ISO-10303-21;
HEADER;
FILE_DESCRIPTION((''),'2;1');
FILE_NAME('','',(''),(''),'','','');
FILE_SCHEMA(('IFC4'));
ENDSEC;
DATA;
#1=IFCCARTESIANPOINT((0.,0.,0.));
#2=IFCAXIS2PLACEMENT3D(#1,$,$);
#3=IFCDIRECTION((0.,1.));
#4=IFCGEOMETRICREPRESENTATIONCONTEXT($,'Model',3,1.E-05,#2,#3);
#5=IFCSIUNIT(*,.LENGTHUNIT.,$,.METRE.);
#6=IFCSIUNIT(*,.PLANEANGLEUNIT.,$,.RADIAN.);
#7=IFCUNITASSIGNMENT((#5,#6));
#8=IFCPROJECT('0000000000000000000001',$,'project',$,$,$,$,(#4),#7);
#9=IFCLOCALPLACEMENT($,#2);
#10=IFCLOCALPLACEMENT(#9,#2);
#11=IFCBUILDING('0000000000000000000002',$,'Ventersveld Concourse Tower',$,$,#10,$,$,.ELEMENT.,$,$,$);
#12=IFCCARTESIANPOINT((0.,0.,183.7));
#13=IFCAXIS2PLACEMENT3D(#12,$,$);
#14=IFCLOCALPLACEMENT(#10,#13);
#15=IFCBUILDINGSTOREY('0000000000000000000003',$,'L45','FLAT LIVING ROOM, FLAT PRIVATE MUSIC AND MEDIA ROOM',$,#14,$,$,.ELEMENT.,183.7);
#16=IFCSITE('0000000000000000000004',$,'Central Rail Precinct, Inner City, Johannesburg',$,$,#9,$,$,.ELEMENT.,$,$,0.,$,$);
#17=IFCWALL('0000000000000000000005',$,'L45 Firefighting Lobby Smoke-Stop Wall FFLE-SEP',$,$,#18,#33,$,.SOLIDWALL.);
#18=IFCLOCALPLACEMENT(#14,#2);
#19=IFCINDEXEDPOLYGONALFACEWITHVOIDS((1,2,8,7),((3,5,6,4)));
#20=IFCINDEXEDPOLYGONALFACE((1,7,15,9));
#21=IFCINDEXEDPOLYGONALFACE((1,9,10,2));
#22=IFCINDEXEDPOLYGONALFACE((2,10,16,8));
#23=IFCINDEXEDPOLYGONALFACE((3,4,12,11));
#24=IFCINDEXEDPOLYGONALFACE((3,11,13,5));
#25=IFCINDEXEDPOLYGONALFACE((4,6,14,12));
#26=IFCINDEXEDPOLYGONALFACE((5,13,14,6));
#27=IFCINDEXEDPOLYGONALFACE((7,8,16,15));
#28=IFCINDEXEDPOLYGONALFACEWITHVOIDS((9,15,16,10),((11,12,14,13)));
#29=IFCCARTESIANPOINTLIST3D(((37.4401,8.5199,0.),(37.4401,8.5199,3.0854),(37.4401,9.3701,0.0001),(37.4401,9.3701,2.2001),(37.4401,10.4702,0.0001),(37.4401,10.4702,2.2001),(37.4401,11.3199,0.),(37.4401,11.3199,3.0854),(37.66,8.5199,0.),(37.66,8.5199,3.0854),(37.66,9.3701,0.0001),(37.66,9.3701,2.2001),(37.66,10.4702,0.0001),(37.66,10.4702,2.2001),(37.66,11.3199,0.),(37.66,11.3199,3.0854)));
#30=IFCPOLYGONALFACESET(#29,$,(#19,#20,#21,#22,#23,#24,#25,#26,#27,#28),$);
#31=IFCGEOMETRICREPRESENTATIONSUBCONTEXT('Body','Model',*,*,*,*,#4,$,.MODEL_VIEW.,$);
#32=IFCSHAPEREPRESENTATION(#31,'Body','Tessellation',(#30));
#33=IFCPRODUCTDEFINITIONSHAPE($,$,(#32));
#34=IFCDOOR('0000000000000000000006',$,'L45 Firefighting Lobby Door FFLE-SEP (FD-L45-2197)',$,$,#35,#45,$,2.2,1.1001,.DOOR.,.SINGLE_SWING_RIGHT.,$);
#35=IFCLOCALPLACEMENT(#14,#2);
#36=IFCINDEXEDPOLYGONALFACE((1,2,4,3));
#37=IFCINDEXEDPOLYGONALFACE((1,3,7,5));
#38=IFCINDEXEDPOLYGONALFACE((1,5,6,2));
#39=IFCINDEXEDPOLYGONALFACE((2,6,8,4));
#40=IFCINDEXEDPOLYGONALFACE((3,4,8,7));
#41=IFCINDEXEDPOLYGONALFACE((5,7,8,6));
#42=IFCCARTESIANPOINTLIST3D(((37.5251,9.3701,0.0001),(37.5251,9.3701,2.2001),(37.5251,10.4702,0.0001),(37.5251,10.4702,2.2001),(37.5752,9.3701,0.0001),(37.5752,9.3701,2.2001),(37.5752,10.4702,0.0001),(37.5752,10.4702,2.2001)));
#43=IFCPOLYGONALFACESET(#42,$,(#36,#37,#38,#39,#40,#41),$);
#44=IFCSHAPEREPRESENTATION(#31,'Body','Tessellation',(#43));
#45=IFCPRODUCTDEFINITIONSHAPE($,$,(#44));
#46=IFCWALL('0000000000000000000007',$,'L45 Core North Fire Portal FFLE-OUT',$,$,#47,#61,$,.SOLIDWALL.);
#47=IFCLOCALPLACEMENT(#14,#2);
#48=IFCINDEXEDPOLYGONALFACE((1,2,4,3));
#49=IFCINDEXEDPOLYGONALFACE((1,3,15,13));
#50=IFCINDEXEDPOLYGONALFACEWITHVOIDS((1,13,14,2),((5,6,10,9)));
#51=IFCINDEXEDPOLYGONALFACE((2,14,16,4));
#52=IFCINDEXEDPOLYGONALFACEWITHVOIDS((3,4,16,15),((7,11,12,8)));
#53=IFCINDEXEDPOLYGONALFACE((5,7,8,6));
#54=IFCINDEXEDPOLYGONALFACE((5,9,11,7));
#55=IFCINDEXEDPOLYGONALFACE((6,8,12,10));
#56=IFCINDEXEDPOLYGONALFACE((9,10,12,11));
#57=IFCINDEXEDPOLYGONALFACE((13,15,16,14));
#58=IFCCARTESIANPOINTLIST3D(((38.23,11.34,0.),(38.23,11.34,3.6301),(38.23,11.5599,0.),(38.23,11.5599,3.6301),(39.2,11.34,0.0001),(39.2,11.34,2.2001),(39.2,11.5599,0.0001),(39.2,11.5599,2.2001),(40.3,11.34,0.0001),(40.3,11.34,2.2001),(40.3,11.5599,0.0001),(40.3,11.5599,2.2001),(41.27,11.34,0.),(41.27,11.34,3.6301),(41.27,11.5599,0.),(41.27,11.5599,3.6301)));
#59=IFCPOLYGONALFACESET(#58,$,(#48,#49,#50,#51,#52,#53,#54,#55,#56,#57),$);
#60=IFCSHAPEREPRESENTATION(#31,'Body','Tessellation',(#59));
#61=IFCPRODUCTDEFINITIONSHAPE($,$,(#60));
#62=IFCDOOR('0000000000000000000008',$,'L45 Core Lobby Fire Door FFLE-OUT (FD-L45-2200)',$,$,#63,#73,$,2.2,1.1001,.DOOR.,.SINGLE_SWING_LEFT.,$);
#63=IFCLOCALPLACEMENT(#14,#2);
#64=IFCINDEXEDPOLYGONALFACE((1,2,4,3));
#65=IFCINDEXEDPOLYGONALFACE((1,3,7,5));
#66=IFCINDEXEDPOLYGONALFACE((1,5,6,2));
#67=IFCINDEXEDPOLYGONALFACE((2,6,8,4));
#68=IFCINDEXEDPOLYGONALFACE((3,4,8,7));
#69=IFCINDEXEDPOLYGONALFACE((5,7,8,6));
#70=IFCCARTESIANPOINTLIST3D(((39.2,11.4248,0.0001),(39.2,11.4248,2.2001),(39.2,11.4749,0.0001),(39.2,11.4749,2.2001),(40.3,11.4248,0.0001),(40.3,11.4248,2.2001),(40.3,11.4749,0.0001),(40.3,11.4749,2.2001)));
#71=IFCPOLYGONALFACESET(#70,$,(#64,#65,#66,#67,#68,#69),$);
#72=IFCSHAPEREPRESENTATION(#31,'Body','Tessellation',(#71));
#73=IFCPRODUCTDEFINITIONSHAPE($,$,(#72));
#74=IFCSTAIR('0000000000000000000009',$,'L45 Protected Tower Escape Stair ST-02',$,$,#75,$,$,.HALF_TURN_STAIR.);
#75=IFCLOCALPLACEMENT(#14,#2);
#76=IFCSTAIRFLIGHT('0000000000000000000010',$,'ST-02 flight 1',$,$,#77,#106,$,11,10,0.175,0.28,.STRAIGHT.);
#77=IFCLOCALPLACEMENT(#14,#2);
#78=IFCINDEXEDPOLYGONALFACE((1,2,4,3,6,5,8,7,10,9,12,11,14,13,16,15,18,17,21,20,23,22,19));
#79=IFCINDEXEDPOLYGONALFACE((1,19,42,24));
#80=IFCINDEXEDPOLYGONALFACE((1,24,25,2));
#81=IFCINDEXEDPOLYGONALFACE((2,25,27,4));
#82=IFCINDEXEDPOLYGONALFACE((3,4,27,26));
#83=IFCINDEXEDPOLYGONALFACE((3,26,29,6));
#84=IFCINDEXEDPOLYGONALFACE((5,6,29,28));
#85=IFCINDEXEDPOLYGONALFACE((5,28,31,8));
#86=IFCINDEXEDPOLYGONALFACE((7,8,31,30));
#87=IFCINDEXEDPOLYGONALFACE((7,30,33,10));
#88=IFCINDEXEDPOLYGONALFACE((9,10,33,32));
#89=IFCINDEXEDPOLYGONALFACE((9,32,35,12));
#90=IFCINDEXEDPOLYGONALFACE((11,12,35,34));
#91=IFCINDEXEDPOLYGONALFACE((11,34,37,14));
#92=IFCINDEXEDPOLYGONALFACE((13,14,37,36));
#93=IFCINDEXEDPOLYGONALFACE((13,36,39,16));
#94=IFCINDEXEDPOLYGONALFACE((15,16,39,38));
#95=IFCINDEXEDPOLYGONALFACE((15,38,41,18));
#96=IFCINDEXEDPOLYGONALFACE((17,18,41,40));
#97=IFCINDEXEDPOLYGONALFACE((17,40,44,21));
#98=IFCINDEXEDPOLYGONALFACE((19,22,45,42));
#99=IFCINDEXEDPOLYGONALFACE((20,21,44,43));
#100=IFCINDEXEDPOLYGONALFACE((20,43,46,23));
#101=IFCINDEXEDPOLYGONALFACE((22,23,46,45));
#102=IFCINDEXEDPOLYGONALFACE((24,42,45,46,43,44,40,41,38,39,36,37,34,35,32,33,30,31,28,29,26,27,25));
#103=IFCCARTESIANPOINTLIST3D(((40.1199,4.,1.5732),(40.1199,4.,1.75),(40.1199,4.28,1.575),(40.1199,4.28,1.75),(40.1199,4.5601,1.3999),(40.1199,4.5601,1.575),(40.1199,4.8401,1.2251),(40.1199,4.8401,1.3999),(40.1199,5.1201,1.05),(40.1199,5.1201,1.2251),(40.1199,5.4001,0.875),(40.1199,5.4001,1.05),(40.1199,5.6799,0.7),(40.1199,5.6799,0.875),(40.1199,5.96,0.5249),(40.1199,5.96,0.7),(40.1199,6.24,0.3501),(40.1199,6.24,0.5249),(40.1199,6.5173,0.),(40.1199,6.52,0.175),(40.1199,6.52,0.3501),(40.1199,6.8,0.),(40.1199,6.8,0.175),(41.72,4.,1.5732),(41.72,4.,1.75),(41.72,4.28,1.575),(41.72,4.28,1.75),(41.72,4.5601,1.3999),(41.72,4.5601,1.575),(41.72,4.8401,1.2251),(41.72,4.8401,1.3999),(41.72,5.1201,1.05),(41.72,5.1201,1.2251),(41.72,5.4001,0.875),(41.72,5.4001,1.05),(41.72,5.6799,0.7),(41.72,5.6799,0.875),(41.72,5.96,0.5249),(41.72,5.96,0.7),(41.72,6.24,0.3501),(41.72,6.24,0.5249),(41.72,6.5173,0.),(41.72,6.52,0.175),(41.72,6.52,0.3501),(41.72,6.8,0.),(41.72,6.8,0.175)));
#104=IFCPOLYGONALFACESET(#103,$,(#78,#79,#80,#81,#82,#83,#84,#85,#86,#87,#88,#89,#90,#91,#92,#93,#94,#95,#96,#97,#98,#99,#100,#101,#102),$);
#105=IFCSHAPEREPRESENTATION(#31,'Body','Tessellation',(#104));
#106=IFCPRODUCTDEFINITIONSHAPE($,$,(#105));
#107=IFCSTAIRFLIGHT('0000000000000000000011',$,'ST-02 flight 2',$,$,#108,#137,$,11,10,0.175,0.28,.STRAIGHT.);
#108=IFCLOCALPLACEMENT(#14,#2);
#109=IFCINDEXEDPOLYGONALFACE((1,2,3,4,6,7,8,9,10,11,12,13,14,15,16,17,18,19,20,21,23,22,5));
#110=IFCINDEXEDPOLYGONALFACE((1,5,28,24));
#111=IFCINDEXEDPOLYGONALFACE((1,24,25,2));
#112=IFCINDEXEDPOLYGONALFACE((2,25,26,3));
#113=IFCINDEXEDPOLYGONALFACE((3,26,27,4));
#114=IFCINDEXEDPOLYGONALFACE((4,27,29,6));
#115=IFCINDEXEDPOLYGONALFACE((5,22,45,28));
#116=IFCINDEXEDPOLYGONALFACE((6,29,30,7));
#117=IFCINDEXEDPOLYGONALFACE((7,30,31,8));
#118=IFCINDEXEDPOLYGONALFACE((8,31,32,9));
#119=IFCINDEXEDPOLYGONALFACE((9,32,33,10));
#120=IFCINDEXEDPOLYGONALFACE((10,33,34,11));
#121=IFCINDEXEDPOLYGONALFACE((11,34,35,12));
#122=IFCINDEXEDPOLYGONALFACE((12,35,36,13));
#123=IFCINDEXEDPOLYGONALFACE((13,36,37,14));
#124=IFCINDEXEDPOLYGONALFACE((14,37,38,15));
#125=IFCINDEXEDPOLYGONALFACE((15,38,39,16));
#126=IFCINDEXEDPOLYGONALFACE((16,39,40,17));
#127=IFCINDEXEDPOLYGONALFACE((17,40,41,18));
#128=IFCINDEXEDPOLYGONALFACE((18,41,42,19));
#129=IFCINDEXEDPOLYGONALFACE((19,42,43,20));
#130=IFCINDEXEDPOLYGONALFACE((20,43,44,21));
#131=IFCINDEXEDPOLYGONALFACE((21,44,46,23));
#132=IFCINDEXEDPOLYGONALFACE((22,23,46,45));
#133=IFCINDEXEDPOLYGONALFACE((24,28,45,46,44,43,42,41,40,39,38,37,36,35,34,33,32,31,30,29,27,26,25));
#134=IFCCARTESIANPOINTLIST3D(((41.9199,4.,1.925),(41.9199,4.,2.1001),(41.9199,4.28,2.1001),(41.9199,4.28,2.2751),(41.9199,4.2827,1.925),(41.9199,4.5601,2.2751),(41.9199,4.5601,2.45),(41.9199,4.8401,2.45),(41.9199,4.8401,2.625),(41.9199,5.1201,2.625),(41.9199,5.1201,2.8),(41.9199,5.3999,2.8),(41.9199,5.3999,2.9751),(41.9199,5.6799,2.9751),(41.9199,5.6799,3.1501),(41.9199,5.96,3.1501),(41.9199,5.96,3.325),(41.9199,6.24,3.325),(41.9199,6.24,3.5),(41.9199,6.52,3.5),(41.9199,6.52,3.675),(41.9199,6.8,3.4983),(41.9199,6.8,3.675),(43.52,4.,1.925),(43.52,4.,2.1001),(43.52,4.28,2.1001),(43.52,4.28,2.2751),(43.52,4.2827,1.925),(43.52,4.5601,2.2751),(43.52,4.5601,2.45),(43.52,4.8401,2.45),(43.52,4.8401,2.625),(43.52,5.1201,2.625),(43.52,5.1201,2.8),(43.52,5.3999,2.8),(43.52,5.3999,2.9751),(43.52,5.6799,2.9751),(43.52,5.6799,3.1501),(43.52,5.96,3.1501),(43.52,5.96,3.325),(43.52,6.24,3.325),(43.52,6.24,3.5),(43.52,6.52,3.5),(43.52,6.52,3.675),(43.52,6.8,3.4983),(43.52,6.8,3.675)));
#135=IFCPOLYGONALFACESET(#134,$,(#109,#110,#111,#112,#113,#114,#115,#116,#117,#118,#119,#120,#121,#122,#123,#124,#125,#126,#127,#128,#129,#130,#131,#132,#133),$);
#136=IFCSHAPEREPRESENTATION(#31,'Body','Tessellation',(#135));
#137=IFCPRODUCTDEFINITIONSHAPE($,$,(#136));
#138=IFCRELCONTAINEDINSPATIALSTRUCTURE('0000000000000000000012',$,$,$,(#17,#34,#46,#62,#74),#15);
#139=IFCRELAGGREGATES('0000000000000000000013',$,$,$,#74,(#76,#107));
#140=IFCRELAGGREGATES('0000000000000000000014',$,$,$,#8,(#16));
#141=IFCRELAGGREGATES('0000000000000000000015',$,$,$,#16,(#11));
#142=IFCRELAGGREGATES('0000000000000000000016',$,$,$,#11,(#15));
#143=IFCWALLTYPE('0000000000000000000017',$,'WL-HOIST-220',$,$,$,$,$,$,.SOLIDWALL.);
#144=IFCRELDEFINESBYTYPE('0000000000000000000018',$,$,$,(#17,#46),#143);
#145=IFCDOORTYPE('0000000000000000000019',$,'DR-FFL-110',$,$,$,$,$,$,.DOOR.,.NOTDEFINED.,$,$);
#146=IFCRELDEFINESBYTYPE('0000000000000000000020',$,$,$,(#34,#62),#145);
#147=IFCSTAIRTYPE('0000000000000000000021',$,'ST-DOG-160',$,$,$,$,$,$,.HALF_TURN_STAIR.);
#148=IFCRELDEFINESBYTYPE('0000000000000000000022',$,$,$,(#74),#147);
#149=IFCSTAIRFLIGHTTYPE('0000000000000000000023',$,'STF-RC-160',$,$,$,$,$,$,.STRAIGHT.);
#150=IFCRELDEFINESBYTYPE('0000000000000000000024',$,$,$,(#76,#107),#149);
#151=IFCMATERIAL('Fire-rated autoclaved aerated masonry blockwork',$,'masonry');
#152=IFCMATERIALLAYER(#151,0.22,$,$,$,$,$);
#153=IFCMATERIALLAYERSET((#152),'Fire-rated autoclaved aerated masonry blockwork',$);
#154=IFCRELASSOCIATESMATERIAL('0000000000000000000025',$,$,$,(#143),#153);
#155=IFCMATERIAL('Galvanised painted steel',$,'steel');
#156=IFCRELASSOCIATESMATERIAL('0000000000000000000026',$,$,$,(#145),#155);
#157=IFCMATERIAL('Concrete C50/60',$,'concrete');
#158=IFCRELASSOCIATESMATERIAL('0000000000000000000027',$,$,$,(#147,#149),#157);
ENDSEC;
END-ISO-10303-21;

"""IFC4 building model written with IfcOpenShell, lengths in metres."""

from ifc_helpers import new_model, si_unit, direction, frame, frame_2d, origin, place, context, subcontext, project, spatial, polyline, rectangle, outline, extrude, material, layer, layer_set, type_object, element, fill, aggregate, save


model = new_model("IFC4")

# Units and contexts
model_context = context("Model", 3, precision=1e-05, world=origin(), true_north=direction((0.0, 1.0)))
body_context = subcontext(model_context, "Body", "Model", "MODEL_VIEW")
ifc_project = project(units=[si_unit("LENGTHUNIT", "METRE"), si_unit("PLANEANGLEUNIT", "RADIAN")], contexts=[model_context])

# Site, building, storey
site_placement = place(None, origin())
site = spatial("IfcSite", under=ifc_project, at=site_placement, Name="Central Rail Precinct, Inner City, Johannesburg", CompositionType="ELEMENT", RefElevation=0.0)
building_placement = place(site_placement, origin())
building = spatial("IfcBuilding", under=site, at=building_placement, Name="Ventersveld Concourse Tower", CompositionType="ELEMENT")
storey_placement = place(building_placement, frame((0.0, 0.0, 183.7)))
storey = spatial("IfcBuildingStorey", under=building, at=storey_placement, Name="L45", Description="FLAT LIVING ROOM, FLAT PRIVATE MUSIC AND MEDIA ROOM", CompositionType="ELEMENT", Elevation=183.7)

# Shared definitions
ifc_material_1 = material(Name="Fire-rated autoclaved aerated masonry blockwork", Category="masonry")
ifc_layer_1 = layer(ifc_material_1, 0.22)
ifc_layer_set_1 = layer_set([ifc_layer_1], Name="Fire-rated autoclaved aerated masonry blockwork")
wall_type_1 = type_object("IfcWallType", Name="WL-HOIST-220", PredefinedType="SOLIDWALL", material=ifc_layer_set_1)

# Walls, openings, doors
ifc_material_2 = material(Name="Galvanised painted steel", Category="steel")
wall_1_placement = place(storey_placement, frame((37.55, 8.52, 0.0), z_axis=(0.0, 0.0, 1.0), x_axis=(0.0, 1.0, 0.0)))
wall_1 = element("IfcWall", 1, at=wall_1_placement, inside=storey, type_object=wall_type_1, Name="L45 Firefighting Lobby Smoke-Stop Wall FFLE-SEP", PredefinedType="SOLIDWALL", context=body_context, shape_type="SweptSolid", body=[
    extrude(rectangle(XDim=2.8, YDim=0.22, at=frame_2d((1.3999, 0.0))), origin(), (0.0, 0.0, 1.0), 3.0854),
])
opening_1_placement = place(wall_1_placement, frame((0.8501, 0.0, 0.0)))
opening_1 = element("IfcOpeningElement", 2, at=opening_1_placement, cuts=wall_1, PredefinedType="OPENING", context=body_context, shape_type="SweptSolid", body=[
    extrude(rectangle(XDim=1.1001, YDim=2.2, at=frame_2d((0.55, 1.1001))), frame((0.0, 0.1201, 0.0), z_axis=(0.0, -1.0, 0.0), x_axis=(1.0, 0.0, 0.0)), (0.0, 0.0, 1.0), 0.24),
])
door_type_1 = type_object("IfcDoorType", Name="DR-FFL-110", OperationType="NOTDEFINED", PredefinedType="DOOR", material=ifc_material_2)
door_1_placement = place(opening_1_placement, origin())
door_1 = element("IfcDoor", 3, at=door_1_placement, inside=storey, type_object=door_type_1, Name="L45 Firefighting Lobby Door FFLE-SEP (FD-L45-2197)", OperationType="SINGLE_SWING_RIGHT", OverallHeight=2.2, OverallWidth=1.1001, PredefinedType="DOOR", context=body_context, shape_type="SweptSolid", body=[
    extrude(rectangle(XDim=1.1001, YDim=2.2, at=frame_2d((0.55, 1.1001))), frame((0.0, 0.0249, 0.0), z_axis=(0.0, -1.0, 0.0), x_axis=(1.0, 0.0, 0.0)), (0.0, 0.0, 1.0), 0.05),
])
fill(opening_1, door_1)
wall_2_placement = place(storey_placement, frame((38.23, 11.45, 0.0), z_axis=(0.0, 0.0, 1.0), x_axis=(1.0, 0.0, 0.0)))
wall_2 = element("IfcWall", 4, at=wall_2_placement, inside=storey, type_object=wall_type_1, Name="L45 Core North Fire Portal FFLE-OUT", PredefinedType="SOLIDWALL", context=body_context, shape_type="SweptSolid", body=[
    extrude(rectangle(XDim=3.04, YDim=0.22, at=frame_2d((1.52, 0.0))), origin(), (0.0, 0.0, 1.0), 3.6301),
])
opening_2_placement = place(wall_2_placement, frame((0.97, 0.0, 0.0)))
opening_2 = element("IfcOpeningElement", 5, at=opening_2_placement, cuts=wall_2, PredefinedType="OPENING", context=body_context, shape_type="SweptSolid", body=[
    extrude(rectangle(XDim=1.1001, YDim=2.2, at=frame_2d((0.55, 1.1001))), frame((0.0, 0.1201, 0.0), z_axis=(0.0, -1.0, 0.0), x_axis=(1.0, 0.0, 0.0)), (0.0, 0.0, 1.0), 0.24),
])
door_2_placement = place(opening_2_placement, origin())
door_2 = element("IfcDoor", 6, at=door_2_placement, inside=storey, type_object=door_type_1, Name="L45 Core Lobby Fire Door FFLE-OUT (FD-L45-2200)", OperationType="SINGLE_SWING_LEFT", OverallHeight=2.2, OverallWidth=1.1001, PredefinedType="DOOR", context=body_context, shape_type="SweptSolid", body=[
    extrude(rectangle(XDim=1.1001, YDim=2.2, at=frame_2d((0.55, 1.1001))), frame((0.0, 0.0249, 0.0), z_axis=(0.0, -1.0, 0.0), x_axis=(1.0, 0.0, 0.0)), (0.0, 0.0, 1.0), 0.05),
])
fill(opening_2, door_2)

# Stair, stair flights
ifc_material_3 = material(Name="Concrete C50/60", Category="concrete")
stair_type = type_object("IfcStairType", Name="ST-DOG-160", PredefinedType="HALF_TURN_STAIR", material=ifc_material_3)
stair_placement = place(storey_placement, origin())
stair = element("IfcStair", 7, at=stair_placement, inside=storey, type_object=stair_type, Name="L45 Protected Tower Escape Stair ST-02", PredefinedType="HALF_TURN_STAIR")
stair_flight_type = type_object("IfcStairFlightType", Name="STF-RC-160", PredefinedType="STRAIGHT", material=ifc_material_3)
stair_flight_1_placement = place(storey_placement, frame((40.9199, 6.8, 0.0), z_axis=(0.0, 0.0, 1.0), x_axis=(0.0, -1.0, 0.0)))
stair_flight_1 = element("IfcStairFlight", 8, at=stair_flight_1_placement, type_object=stair_flight_type, Name="ST-02 flight 1", NumberOfRisers=11, NumberOfTreads=10, PredefinedType="STRAIGHT", RiserHeight=0.175, TreadLength=0.28, context=body_context, shape_type="SweptSolid", body=[
    extrude(outline(polyline([(0.0, 0.0), (0.0, 0.175), (0.28, 0.175), (0.28, 0.3501), (0.5601, 0.3501), (0.5601, 0.5249), (0.8401, 0.5249), (0.8401, 0.7), (1.1201, 0.7), (1.1201, 0.875), (1.3999, 0.875), (1.3999, 1.05), (1.6799, 1.05), (1.6799, 1.2251), (1.96, 1.2251), (1.96, 1.3999), (2.24, 1.3999), (2.24, 1.575), (2.52, 1.575), (2.52, 1.75), (2.8, 1.75), (2.8, 1.925), (2.8, 1.5732), (0.2827, 0.0), (0.0, 0.0)])), frame((0.0, 0.8, 0.0), z_axis=(0.0, -1.0, 0.0), x_axis=(1.0, 0.0, 0.0)), (0.0, 0.0, 1.0), 1.6001),
])
stair_flight_2_placement = place(storey_placement, frame((42.72, 4.0, 1.925), z_axis=(0.0, 0.0, 1.0), x_axis=(0.0, 1.0, 0.0)))
stair_flight_2 = element("IfcStairFlight", 9, at=stair_flight_2_placement, type_object=stair_flight_type, Name="ST-02 flight 2", NumberOfRisers=11, NumberOfTreads=10, PredefinedType="STRAIGHT", RiserHeight=0.175, TreadLength=0.28, context=body_context, shape_type="SweptSolid", body=[
    extrude(outline(polyline([(0.0, 0.0), (0.0, 0.175), (0.28, 0.175), (0.28, 0.3501), (0.5601, 0.3501), (0.5601, 0.5249), (0.8401, 0.5249), (0.8401, 0.7), (1.1201, 0.7), (1.1201, 0.875), (1.3999, 0.875), (1.3999, 1.05), (1.6799, 1.05), (1.6799, 1.2251), (1.96, 1.2251), (1.96, 1.3999), (2.24, 1.3999), (2.24, 1.575), (2.52, 1.575), (2.52, 1.75), (2.8, 1.75), (2.8, 1.925), (2.8, 1.5732), (0.2827, 0.0), (0.0, 0.0)])), frame((0.0, 0.8, 0.0), z_axis=(0.0, -1.0, 0.0), x_axis=(1.0, 0.0, 0.0)), (0.0, 0.0, 1.0), 1.6001),
])
aggregate(stair, [stair_flight_1, stair_flight_2])

save(model, "model.ifc")
